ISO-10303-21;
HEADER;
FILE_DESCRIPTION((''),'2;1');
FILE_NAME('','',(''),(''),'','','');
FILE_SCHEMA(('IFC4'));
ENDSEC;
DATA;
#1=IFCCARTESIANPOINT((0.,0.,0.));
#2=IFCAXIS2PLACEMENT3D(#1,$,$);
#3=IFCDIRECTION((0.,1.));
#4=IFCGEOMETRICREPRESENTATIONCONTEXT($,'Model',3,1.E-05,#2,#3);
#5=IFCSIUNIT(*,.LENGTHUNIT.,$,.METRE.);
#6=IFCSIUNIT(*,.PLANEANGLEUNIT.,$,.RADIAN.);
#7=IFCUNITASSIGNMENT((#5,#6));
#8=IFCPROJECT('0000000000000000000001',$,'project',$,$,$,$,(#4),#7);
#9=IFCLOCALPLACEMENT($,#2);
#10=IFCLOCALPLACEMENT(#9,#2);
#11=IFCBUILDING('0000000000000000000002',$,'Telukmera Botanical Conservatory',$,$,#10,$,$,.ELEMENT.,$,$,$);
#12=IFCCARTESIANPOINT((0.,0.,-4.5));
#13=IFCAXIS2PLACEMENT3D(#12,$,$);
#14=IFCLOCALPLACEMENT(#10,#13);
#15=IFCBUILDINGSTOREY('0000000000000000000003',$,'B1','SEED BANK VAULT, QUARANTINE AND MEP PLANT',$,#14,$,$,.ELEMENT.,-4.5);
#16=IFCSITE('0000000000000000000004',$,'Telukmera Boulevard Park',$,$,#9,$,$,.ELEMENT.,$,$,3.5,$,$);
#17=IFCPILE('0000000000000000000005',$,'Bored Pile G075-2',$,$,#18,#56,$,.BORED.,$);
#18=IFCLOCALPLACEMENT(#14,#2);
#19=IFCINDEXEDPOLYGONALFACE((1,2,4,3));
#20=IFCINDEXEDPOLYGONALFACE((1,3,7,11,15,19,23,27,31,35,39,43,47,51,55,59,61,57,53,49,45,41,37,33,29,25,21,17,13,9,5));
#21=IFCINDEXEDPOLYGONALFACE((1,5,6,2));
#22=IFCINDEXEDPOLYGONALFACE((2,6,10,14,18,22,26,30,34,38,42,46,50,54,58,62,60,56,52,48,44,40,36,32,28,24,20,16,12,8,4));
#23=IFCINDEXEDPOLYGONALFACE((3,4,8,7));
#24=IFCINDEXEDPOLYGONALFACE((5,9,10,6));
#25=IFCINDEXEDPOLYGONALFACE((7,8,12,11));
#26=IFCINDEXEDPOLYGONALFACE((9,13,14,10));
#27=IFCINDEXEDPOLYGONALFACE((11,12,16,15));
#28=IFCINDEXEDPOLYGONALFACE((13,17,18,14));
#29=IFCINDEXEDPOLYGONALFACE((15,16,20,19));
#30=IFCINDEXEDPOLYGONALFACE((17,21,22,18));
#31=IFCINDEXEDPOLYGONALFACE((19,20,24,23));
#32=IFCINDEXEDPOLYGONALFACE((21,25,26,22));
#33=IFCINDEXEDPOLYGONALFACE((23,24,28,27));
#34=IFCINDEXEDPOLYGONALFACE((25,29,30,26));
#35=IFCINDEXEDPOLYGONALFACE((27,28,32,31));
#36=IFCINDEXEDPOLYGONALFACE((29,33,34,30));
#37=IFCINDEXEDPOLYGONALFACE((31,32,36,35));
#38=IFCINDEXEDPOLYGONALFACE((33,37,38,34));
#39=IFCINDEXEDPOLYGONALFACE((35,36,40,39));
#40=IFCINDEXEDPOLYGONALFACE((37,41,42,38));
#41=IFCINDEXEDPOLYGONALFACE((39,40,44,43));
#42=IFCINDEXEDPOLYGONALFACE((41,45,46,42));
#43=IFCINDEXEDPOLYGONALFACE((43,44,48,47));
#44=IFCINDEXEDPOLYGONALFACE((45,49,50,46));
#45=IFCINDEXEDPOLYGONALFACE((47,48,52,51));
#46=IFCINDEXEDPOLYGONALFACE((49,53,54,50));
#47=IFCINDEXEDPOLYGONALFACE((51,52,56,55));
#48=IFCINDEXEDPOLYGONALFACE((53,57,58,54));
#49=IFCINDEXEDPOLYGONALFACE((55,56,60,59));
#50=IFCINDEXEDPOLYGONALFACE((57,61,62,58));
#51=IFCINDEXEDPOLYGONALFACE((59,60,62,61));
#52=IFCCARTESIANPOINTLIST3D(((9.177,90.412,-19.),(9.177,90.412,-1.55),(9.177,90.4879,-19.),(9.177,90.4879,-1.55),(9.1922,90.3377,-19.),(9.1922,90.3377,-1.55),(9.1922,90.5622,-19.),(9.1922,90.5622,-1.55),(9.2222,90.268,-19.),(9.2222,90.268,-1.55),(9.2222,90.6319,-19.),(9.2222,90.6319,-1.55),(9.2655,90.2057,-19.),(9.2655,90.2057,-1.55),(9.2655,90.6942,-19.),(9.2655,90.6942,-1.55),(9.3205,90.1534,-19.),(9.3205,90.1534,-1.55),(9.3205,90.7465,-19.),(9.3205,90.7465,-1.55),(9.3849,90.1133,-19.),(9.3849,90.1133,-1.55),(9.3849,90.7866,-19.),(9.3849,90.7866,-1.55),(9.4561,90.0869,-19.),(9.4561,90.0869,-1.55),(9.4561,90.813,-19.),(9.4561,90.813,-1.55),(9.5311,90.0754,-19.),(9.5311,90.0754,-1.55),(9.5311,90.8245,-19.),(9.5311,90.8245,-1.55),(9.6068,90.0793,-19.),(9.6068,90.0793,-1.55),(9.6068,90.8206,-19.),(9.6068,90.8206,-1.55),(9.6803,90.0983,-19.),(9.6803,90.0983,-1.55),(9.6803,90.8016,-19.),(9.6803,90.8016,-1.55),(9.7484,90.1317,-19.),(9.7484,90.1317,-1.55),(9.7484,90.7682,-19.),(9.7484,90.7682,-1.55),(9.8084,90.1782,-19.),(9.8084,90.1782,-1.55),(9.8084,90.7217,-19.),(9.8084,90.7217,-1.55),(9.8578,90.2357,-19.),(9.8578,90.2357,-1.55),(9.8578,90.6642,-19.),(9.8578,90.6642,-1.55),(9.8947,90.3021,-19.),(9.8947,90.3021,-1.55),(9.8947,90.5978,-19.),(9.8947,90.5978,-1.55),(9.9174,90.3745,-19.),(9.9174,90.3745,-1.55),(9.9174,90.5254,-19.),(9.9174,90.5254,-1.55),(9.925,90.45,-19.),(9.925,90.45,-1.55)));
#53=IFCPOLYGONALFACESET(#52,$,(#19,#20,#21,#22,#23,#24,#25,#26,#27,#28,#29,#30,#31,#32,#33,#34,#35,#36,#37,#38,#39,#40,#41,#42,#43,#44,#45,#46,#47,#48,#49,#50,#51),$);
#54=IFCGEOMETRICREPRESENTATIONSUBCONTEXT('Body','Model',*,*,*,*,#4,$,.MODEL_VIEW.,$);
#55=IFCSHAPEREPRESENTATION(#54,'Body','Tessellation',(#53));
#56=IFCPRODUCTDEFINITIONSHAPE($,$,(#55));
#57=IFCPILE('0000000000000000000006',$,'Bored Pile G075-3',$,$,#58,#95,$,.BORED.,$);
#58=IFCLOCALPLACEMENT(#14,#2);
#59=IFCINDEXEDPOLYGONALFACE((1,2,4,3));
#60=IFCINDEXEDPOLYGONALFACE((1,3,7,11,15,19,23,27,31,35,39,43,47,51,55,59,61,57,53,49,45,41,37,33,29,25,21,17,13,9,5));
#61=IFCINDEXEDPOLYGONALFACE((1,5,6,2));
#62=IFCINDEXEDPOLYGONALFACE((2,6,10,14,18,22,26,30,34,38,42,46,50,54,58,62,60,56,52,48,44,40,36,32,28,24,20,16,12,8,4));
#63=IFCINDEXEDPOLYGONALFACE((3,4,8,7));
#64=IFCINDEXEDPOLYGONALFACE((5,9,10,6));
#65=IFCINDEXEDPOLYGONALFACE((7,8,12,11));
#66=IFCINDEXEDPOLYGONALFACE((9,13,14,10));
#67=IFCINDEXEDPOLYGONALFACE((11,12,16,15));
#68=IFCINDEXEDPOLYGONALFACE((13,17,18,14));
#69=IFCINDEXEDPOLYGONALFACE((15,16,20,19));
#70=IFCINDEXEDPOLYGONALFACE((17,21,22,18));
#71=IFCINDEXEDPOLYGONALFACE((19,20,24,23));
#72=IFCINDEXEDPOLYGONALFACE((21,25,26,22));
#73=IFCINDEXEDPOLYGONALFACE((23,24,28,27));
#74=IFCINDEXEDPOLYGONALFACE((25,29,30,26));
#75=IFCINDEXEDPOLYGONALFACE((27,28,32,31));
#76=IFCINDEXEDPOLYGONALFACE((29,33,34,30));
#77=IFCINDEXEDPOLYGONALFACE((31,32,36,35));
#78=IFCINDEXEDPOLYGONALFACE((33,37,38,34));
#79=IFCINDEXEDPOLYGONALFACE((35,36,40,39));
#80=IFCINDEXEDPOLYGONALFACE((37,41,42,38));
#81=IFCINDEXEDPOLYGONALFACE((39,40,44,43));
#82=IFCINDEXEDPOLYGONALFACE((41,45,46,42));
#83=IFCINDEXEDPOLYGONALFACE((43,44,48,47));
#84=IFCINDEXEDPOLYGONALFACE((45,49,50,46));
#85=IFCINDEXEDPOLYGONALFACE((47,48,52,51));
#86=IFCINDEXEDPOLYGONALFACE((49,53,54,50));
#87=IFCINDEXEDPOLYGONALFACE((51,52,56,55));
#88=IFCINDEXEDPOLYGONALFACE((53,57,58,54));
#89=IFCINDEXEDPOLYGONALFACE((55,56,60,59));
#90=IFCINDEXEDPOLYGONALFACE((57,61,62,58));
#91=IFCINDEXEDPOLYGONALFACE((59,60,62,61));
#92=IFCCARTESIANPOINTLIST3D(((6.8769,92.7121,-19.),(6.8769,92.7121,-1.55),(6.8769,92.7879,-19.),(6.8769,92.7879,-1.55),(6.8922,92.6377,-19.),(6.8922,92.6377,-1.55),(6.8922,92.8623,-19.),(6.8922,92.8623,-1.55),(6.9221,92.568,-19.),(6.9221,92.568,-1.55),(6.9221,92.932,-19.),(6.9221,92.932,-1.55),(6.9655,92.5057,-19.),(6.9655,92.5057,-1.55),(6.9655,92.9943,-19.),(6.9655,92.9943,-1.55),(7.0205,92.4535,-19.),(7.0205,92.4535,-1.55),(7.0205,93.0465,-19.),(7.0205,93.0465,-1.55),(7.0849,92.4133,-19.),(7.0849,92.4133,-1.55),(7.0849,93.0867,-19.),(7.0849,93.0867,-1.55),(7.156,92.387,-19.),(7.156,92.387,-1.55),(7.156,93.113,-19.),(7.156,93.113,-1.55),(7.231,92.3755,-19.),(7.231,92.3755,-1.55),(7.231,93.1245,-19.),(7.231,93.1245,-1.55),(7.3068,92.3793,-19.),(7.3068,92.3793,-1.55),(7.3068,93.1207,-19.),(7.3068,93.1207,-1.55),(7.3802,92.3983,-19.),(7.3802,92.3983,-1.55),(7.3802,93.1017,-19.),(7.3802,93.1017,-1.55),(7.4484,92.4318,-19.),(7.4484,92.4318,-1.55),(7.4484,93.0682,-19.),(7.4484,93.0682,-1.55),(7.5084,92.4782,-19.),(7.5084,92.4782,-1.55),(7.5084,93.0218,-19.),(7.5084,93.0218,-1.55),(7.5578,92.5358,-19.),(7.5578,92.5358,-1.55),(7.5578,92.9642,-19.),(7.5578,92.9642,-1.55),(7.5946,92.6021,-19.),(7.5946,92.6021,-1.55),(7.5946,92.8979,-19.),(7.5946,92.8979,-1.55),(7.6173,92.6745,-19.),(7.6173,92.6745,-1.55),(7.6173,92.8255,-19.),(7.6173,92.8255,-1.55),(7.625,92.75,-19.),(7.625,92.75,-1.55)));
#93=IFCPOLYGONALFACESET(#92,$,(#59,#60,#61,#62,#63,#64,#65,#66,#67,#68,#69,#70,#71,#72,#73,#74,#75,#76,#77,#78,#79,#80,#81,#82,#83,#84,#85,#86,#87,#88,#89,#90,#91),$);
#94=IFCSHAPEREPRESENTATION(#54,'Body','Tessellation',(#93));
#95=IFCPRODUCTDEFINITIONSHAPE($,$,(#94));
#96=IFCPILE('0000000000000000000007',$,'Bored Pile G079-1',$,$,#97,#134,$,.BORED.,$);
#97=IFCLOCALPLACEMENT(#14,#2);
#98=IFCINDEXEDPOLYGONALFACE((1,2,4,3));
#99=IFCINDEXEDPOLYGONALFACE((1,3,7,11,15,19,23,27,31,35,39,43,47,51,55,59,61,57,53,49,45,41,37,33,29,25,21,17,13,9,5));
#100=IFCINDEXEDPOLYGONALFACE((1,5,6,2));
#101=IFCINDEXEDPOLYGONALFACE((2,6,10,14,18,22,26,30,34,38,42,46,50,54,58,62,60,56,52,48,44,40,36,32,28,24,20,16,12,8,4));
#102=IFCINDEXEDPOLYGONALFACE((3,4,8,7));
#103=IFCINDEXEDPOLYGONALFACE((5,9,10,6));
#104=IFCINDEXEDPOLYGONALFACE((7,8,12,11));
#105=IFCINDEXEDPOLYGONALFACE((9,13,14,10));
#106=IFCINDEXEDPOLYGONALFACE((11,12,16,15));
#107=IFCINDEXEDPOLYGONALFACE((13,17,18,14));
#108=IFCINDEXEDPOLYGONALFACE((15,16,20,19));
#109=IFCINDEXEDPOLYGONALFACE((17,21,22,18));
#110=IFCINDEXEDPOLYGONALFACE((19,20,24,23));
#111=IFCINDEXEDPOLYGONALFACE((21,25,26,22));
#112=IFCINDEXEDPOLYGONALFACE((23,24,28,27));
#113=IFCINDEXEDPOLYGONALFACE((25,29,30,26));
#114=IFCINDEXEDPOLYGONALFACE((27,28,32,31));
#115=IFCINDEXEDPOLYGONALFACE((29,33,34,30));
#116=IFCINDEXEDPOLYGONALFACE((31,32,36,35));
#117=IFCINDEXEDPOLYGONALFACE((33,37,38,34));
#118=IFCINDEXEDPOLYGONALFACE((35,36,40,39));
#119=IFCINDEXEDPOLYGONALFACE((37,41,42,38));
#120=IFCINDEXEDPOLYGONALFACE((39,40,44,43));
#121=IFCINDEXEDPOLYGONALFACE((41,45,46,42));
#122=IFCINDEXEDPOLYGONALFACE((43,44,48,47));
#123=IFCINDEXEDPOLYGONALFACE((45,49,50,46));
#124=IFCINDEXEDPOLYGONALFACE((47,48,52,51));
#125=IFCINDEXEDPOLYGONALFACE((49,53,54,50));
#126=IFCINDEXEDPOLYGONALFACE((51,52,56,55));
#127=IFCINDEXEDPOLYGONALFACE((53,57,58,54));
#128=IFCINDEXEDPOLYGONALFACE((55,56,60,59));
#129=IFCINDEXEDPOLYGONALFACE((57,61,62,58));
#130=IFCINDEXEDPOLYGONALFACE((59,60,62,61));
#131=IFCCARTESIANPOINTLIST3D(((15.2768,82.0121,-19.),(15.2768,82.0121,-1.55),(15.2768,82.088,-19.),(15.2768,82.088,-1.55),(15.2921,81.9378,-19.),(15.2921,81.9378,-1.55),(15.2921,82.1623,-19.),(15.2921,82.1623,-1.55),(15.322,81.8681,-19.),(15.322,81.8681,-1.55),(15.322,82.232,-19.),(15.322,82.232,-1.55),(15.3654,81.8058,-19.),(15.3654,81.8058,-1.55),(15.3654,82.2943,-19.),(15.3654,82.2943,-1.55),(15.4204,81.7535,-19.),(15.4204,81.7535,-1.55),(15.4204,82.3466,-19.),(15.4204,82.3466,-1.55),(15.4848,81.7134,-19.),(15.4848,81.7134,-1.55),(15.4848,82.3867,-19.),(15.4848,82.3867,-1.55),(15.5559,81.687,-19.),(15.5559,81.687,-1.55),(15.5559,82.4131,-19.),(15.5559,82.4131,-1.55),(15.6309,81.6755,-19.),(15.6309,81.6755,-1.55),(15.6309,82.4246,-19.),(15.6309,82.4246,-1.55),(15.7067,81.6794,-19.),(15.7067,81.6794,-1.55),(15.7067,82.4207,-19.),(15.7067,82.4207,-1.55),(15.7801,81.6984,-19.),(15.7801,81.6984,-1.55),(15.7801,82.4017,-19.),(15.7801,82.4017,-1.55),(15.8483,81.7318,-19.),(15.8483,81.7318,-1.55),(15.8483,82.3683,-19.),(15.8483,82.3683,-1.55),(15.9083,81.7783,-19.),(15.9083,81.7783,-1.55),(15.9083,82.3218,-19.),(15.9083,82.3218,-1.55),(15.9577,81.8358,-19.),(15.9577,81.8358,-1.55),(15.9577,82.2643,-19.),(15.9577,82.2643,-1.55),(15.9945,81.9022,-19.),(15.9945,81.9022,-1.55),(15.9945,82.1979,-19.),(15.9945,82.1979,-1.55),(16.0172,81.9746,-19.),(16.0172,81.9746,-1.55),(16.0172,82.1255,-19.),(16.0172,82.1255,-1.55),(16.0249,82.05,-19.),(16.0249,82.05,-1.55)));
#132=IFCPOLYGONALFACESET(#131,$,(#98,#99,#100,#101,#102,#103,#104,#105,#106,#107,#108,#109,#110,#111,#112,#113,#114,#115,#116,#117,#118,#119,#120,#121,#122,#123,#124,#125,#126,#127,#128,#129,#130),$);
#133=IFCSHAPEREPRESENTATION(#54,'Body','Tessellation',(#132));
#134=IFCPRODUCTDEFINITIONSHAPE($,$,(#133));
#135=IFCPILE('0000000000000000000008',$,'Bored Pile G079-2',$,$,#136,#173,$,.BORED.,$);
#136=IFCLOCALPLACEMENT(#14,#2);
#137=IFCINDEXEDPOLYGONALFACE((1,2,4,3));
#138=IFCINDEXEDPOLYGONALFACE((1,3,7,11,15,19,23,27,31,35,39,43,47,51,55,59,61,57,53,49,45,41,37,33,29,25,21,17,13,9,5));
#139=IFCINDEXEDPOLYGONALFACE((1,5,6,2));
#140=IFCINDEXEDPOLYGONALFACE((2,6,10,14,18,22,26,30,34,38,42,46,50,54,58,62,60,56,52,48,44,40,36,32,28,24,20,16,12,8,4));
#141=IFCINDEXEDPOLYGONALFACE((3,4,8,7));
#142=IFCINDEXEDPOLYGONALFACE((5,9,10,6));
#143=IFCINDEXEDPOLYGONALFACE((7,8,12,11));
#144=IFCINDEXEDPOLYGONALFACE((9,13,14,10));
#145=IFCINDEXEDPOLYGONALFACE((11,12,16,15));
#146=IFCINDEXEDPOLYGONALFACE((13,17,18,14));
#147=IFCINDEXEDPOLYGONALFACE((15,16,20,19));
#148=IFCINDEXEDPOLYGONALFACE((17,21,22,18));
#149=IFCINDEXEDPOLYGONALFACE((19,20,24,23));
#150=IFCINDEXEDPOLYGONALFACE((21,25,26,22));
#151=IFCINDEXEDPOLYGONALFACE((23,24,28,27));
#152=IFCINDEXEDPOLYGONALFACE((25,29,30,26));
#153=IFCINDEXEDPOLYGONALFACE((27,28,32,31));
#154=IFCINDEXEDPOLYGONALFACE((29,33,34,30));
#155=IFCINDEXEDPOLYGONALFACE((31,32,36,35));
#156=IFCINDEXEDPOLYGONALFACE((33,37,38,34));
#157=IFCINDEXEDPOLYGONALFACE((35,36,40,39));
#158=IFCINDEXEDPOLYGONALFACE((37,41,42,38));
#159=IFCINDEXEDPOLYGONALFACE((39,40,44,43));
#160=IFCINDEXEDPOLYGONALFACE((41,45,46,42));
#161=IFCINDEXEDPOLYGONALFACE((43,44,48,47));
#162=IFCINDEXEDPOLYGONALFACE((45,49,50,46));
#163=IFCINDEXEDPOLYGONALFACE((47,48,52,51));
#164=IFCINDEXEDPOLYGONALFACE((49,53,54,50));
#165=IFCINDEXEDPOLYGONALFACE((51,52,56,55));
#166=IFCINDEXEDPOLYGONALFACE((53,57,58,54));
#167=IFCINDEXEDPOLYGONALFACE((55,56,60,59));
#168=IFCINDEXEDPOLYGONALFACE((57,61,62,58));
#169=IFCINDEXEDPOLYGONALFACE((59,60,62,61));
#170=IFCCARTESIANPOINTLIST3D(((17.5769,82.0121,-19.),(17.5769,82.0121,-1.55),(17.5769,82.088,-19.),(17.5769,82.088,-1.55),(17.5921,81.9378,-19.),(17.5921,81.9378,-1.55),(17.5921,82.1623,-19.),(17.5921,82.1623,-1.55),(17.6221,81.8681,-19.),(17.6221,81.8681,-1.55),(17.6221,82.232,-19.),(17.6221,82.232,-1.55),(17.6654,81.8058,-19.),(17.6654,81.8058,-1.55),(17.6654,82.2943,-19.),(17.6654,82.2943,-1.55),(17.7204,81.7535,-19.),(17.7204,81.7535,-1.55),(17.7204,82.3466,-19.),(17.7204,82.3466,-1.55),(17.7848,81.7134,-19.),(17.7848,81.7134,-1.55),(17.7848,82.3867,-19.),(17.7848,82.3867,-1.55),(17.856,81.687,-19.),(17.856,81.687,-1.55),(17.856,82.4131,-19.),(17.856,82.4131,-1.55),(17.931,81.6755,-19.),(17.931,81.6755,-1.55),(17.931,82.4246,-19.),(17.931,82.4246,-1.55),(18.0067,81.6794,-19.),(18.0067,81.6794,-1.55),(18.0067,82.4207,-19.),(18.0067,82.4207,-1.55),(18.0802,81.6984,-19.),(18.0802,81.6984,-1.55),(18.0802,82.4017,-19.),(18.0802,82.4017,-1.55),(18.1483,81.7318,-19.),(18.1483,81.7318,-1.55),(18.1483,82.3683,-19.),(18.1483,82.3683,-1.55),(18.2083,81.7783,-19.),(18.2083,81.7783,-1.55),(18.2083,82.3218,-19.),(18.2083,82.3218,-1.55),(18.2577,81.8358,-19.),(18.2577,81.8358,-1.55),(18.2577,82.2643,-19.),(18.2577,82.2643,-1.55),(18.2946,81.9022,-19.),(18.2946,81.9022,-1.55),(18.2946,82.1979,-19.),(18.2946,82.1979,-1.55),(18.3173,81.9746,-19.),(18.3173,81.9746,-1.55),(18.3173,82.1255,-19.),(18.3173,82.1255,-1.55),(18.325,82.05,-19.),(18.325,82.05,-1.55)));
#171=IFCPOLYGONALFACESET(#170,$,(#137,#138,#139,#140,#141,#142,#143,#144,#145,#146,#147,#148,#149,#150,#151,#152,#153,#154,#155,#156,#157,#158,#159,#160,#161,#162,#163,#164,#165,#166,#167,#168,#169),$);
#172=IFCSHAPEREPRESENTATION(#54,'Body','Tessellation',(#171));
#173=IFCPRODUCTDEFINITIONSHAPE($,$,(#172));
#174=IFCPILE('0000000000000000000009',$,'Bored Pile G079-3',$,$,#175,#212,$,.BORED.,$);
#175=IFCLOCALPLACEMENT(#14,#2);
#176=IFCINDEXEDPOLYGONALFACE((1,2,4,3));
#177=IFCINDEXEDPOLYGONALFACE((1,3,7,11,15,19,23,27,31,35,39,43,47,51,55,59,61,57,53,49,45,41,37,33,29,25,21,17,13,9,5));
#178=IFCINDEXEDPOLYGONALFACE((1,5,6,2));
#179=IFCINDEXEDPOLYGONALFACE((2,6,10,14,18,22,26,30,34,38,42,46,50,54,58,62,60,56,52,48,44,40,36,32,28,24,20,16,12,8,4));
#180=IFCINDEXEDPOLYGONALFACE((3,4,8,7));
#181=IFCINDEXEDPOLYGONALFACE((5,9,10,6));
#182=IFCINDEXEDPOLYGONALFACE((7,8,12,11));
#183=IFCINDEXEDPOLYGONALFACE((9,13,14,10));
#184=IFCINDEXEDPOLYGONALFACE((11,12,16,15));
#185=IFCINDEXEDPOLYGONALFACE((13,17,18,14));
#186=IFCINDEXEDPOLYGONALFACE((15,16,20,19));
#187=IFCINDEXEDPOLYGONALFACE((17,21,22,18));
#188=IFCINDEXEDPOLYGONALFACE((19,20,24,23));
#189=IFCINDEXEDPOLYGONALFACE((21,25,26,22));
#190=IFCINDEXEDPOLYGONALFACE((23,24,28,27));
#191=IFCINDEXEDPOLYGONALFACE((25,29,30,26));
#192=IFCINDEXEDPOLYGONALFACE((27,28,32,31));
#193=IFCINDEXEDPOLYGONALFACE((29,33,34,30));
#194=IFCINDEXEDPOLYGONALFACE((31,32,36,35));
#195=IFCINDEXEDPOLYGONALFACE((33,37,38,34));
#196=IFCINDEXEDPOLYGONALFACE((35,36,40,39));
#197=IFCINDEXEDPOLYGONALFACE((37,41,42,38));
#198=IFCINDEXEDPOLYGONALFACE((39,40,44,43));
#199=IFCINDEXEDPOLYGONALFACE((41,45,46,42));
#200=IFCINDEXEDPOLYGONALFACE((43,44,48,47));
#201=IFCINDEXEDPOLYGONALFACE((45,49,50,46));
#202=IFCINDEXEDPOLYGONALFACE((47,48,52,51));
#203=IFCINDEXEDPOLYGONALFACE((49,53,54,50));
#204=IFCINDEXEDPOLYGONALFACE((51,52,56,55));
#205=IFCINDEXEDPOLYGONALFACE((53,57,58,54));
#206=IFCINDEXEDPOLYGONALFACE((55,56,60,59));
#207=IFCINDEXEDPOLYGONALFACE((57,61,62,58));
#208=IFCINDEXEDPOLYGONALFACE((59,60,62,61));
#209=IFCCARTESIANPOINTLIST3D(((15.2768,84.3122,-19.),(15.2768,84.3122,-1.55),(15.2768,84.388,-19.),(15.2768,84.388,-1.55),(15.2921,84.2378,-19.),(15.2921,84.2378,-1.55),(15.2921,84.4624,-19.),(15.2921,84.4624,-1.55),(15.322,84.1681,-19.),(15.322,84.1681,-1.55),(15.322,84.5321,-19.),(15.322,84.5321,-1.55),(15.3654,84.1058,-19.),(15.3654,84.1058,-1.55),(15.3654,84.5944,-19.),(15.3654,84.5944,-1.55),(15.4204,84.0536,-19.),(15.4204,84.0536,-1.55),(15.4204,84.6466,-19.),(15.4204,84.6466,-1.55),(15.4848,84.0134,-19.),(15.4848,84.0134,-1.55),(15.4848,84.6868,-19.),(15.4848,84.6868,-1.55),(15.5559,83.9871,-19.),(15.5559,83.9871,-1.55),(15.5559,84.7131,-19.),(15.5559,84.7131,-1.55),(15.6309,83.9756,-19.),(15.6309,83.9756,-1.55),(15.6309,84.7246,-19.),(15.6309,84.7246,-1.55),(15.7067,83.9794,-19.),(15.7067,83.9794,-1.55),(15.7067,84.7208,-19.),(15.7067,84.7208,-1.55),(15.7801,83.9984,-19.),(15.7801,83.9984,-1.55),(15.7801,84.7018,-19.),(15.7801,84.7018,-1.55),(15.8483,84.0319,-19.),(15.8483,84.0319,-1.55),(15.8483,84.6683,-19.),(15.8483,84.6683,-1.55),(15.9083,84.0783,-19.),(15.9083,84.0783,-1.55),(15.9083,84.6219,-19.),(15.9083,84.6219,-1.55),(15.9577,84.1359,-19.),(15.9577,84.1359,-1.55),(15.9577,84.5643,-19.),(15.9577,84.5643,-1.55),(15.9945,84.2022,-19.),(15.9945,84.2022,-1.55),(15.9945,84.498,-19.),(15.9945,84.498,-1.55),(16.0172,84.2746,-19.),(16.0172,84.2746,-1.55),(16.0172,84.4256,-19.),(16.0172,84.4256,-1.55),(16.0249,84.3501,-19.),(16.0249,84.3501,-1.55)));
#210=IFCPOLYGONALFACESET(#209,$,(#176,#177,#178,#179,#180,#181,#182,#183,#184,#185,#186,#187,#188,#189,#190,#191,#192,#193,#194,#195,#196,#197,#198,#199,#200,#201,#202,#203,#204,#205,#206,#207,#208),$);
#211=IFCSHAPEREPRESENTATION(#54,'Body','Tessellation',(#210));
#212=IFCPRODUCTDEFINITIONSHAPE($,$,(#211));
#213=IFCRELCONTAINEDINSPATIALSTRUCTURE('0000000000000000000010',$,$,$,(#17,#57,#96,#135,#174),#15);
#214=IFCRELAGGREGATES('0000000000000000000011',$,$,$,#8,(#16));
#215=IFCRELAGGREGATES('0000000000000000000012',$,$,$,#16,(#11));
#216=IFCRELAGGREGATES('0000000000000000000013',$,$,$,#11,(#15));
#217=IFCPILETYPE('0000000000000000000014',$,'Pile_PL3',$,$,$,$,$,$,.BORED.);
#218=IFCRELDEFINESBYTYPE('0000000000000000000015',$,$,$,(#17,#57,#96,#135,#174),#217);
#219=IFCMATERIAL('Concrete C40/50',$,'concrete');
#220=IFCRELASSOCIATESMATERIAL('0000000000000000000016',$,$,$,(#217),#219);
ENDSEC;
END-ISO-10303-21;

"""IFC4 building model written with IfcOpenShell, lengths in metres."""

from ifc_helpers import new_model, si_unit, direction, frame, origin, origin_2d, place, context, subcontext, project, spatial, circle, extrude, material, material_profile, profile_set, type_object, element, save


model = new_model("IFC4")

# Units and contexts
model_context = context("Model", 3, precision=1e-05, world=origin(), true_north=direction((0.0, 1.0)))
body_context = subcontext(model_context, "Body", "Model", "MODEL_VIEW")
ifc_project = project(units=[si_unit("LENGTHUNIT", "METRE"), si_unit("PLANEANGLEUNIT", "RADIAN")], contexts=[model_context])

# Site, building, storey
site_placement = place(None, origin())
site = spatial("IfcSite", under=ifc_project, at=site_placement, Name="Telukmera Boulevard Park", CompositionType="ELEMENT", RefElevation=3.5)
building_placement = place(site_placement, origin())
building = spatial("IfcBuilding", under=site, at=building_placement, Name="Telukmera Botanical Conservatory", CompositionType="ELEMENT")
storey_placement = place(building_placement, frame((0.0, 0.0, -4.5)))
storey = spatial("IfcBuildingStorey", under=building, at=storey_placement, Name="B1", Description="SEED BANK VAULT, QUARANTINE AND MEP PLANT", CompositionType="ELEMENT", Elevation=-4.5)

# Shared definitions
ifc_material_1 = material(Name="Concrete C40/50", Category="concrete")

# Piles
ifc_material_profile_1 = material_profile(ifc_material_1, circle(Radius=0.375, at=origin_2d()), Name="PILE D750")
ifc_profile_set_1 = profile_set([ifc_material_profile_1], Name="Concrete C40/50")
pile_type = type_object("IfcPileType", Name="Pile_PL3", PredefinedType="BORED", material=ifc_profile_set_1)
for number, where, z_axis, x_axis, name in (
    (1, (9.55, 90.45, -1.55), (0.0, 0.0, -1.0), (1.0, 0.0, 0.0), "Bored Pile G075-2"),
    (2, (7.25, 92.75, -1.55), (0.0, 0.0, -1.0), (1.0, 0.0, 0.0), "Bored Pile G075-3"),
    (3, (15.6499, 82.05, -1.55), (0.0, 0.0, -1.0), (1.0, 0.0, 0.0), "Bored Pile G079-1"),
    (4, (17.95, 82.05, -1.55), (0.0, 0.0, -1.0), (1.0, 0.0, 0.0), "Bored Pile G079-2"),
    (5, (15.6499, 84.3501, -1.55), (0.0, 0.0, -1.0), (1.0, 0.0, 0.0), "Bored Pile G079-3"),
):
    element("IfcPile", number, at=place(storey_placement, frame(where, z_axis=z_axis, x_axis=x_axis)), inside=storey, type_object=pile_type, Name=name, PredefinedType="BORED", context=body_context, shape_type="SweptSolid", body=[
        extrude(circle(Radius=0.375, at=origin_2d()), origin(), (0.0, 0.0, 1.0), 17.45),
    ])

save(model, "model.ifc")
